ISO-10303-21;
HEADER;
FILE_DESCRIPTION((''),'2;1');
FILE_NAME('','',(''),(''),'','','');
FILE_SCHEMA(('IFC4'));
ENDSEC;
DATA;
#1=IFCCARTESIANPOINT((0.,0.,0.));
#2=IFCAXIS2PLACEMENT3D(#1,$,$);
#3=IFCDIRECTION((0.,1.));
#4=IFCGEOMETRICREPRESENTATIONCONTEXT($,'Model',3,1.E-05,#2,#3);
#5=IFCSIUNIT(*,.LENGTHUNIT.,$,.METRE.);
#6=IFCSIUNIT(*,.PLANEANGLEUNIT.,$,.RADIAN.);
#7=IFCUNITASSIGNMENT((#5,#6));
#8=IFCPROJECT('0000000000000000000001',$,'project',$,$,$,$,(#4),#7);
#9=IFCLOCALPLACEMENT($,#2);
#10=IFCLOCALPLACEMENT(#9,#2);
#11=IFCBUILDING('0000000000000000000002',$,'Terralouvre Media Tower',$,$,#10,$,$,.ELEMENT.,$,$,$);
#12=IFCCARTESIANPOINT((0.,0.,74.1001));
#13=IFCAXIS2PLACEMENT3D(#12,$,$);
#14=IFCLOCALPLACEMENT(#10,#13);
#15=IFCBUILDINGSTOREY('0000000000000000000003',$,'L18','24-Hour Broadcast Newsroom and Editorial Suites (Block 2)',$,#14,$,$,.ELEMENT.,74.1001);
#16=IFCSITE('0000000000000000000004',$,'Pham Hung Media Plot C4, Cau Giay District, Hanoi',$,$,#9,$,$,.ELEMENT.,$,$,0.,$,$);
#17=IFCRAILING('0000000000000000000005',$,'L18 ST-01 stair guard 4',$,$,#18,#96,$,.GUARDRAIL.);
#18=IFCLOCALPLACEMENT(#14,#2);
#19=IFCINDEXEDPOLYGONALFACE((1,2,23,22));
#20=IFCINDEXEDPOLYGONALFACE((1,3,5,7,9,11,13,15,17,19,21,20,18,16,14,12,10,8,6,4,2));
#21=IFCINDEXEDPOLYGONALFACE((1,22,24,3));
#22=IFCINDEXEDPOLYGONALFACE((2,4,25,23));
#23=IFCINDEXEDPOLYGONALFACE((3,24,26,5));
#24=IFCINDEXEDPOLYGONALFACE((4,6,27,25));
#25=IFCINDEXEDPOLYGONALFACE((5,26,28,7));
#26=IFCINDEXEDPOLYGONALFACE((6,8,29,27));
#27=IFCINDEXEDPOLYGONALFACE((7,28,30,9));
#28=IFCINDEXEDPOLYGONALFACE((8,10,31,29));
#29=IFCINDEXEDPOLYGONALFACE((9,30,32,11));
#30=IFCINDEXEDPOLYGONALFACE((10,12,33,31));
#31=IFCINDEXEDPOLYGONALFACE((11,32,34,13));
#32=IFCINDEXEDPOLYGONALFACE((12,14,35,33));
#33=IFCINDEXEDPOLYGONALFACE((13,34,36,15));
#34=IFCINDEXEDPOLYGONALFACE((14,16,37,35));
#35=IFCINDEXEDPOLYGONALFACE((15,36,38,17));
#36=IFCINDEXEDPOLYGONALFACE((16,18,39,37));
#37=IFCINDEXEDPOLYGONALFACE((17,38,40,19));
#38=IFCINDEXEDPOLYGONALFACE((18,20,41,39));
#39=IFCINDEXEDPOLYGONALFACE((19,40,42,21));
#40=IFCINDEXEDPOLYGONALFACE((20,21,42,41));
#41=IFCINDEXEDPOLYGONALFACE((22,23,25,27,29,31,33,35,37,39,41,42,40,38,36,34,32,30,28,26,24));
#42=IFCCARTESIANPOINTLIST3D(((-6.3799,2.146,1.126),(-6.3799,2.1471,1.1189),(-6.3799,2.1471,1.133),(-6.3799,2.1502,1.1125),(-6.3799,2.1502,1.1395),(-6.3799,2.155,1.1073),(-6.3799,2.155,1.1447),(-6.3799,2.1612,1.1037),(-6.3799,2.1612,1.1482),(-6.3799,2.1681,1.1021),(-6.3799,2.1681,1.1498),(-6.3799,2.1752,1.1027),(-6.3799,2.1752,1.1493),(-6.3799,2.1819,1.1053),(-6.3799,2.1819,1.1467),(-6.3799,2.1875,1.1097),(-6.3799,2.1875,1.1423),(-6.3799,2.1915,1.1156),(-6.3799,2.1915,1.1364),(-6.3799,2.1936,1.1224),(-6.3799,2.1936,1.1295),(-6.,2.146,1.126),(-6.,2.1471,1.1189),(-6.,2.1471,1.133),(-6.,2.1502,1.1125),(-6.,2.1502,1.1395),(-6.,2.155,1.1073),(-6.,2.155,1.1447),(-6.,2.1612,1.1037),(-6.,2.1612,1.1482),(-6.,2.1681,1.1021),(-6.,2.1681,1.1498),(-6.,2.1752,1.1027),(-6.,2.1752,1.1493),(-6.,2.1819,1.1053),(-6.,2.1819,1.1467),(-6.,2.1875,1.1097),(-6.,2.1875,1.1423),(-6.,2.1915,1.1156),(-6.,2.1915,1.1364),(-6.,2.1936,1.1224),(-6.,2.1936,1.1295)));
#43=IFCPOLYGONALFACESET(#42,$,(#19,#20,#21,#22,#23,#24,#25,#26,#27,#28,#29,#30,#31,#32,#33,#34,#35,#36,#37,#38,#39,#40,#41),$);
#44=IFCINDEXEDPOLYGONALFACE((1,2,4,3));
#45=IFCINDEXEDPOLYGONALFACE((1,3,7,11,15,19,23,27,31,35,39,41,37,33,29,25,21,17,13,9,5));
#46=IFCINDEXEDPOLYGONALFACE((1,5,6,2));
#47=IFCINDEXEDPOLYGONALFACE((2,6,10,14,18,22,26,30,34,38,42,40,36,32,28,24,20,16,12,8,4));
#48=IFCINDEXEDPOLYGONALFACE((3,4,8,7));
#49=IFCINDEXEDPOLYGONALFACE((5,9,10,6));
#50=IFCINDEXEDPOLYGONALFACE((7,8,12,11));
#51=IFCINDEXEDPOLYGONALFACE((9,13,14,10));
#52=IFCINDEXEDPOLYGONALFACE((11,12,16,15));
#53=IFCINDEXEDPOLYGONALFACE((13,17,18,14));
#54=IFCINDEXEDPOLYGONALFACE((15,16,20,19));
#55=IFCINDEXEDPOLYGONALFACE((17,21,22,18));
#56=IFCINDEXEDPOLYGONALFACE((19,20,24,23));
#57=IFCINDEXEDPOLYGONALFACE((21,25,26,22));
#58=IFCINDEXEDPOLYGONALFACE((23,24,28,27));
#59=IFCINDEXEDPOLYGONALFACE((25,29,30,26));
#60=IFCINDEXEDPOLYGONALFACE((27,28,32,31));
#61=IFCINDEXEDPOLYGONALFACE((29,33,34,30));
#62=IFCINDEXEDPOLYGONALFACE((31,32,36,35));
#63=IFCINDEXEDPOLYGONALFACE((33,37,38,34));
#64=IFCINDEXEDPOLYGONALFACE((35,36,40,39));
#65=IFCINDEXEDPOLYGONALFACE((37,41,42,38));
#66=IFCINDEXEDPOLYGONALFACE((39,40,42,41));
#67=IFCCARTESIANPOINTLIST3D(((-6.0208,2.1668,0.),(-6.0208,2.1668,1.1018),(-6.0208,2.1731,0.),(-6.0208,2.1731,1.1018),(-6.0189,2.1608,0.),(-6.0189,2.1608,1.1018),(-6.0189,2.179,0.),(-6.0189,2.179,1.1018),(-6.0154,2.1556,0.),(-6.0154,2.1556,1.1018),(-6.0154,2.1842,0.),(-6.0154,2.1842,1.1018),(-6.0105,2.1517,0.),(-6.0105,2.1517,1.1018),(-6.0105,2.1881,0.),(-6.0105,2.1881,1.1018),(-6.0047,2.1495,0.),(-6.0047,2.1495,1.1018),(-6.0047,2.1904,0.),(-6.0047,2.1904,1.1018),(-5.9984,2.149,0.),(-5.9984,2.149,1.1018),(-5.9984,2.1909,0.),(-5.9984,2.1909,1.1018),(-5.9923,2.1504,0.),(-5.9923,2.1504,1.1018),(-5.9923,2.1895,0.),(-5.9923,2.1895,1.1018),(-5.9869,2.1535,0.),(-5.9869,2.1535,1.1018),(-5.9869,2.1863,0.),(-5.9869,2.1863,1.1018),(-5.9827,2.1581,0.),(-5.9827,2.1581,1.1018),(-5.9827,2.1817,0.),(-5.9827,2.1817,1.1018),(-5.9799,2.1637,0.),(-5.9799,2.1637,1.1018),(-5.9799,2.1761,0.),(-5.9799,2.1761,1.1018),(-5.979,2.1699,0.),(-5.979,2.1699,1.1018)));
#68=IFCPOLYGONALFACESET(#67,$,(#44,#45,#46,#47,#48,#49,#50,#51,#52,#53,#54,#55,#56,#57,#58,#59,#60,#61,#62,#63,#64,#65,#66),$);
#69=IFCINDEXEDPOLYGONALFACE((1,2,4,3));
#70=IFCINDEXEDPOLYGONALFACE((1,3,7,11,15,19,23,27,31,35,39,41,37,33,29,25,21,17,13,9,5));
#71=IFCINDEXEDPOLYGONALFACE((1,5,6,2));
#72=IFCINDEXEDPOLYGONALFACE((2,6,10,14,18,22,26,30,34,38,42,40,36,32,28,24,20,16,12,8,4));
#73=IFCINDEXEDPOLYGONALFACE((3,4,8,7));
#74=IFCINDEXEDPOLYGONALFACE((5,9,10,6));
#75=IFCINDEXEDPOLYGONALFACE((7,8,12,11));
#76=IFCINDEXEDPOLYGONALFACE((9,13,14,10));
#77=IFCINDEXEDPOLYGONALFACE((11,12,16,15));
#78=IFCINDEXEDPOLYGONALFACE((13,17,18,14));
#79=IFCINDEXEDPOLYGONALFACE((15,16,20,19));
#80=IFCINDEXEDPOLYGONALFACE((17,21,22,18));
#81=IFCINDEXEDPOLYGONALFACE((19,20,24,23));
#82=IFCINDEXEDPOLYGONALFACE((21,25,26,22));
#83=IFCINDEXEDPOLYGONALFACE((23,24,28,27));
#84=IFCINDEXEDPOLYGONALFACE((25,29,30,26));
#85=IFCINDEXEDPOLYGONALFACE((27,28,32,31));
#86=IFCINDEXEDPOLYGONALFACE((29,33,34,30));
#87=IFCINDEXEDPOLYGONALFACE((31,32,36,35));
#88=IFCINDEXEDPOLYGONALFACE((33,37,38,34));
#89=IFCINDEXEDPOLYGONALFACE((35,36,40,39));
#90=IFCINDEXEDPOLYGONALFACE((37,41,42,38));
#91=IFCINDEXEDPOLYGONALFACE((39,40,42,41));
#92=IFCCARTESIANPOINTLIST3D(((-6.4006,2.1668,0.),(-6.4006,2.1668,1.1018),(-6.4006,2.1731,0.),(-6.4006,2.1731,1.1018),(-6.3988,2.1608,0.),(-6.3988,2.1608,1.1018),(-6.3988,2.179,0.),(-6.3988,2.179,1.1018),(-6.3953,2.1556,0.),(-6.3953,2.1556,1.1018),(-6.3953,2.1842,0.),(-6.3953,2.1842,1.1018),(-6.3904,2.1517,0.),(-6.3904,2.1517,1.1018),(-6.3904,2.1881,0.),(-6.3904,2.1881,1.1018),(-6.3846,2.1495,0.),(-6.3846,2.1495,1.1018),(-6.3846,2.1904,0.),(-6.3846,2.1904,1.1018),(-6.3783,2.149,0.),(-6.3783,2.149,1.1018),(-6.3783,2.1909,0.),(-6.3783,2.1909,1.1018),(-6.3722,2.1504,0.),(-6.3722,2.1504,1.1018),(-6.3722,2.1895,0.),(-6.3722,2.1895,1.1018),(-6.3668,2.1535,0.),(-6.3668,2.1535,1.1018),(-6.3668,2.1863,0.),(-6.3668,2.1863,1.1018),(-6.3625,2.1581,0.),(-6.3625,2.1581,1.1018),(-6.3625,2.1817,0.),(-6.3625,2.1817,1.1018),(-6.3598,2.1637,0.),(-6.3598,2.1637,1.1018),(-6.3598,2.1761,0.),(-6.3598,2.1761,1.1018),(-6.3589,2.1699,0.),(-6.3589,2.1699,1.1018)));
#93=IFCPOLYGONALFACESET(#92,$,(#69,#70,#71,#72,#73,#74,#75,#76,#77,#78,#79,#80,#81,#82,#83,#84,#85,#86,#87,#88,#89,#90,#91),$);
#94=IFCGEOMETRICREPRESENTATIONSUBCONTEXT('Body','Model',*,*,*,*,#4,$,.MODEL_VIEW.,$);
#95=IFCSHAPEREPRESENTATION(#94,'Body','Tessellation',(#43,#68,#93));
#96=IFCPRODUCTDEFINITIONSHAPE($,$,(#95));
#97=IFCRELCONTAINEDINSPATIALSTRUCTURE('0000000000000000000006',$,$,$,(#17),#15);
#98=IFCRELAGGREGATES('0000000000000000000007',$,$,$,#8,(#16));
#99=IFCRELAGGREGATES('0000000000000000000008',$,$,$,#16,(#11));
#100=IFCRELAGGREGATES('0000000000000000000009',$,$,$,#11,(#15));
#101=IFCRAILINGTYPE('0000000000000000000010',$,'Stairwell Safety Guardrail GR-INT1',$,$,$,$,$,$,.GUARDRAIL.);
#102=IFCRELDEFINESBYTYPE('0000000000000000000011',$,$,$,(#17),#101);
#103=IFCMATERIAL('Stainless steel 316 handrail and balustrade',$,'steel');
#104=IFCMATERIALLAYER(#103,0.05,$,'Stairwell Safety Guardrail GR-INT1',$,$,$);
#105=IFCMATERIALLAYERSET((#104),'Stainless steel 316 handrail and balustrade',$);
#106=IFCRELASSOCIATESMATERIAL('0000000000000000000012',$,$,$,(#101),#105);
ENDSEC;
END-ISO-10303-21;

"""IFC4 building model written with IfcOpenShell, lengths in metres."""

from ifc_helpers import new_model, si_unit, direction, frame, origin, origin_2d, place, context, subcontext, project, spatial, circle, extrude, material, layer, layer_set, type_object, element, save


model = new_model("IFC4")

# Units and contexts
model_context = context("Model", 3, precision=1e-05, world=origin(), true_north=direction((0.0, 1.0)))
body_context = subcontext(model_context, "Body", "Model", "MODEL_VIEW")
ifc_project = project(units=[si_unit("LENGTHUNIT", "METRE"), si_unit("PLANEANGLEUNIT", "RADIAN")], contexts=[model_context])

# Site, building, storey
site_placement = place(None, origin())
site = spatial("IfcSite", under=ifc_project, at=site_placement, Name="Pham Hung Media Plot C4, Cau Giay District, Hanoi", CompositionType="ELEMENT", RefElevation=0.0)
building_placement = place(site_placement, origin())
building = spatial("IfcBuilding", under=site, at=building_placement, Name="Terralouvre Media Tower", CompositionType="ELEMENT")
storey_placement = place(building_placement, frame((0.0, 0.0, 74.1001)))
storey = spatial("IfcBuildingStorey", under=building, at=storey_placement, Name="L18", Description="24-Hour Broadcast Newsroom and Editorial Suites (Block 2)", CompositionType="ELEMENT", Elevation=74.1001)

# Railing
ifc_material_1 = material(Name="Stainless steel 316 handrail and balustrade", Category="steel")
ifc_layer_1 = layer(ifc_material_1, 0.05, Name="Stairwell Safety Guardrail GR-INT1")
ifc_layer_set_1 = layer_set([ifc_layer_1], Name="Stainless steel 316 handrail and balustrade")
railing_type_1 = type_object("IfcRailingType", Name="Stairwell Safety Guardrail GR-INT1", PredefinedType="GUARDRAIL", material=ifc_layer_set_1)
railing_1_placement = place(storey_placement, frame((-6.0, 2.1699, 0.0)))
element("IfcRailing", 1, at=railing_1_placement, inside=storey, type_object=railing_type_1, Name="L18 ST-01 stair guard 4", PredefinedType="GUARDRAIL", context=body_context, shape_type="SweptSolid", body=[
    extrude(circle(Radius=0.0239, at=origin_2d()), frame((0.0, 0.0, 1.126), z_axis=(-1.0, 0.0, 0.0), x_axis=(0.0, -1.0, 0.0)), (0.0, 0.0, 1.0), 0.3799),
    extrude(circle(Radius=0.021, at=origin_2d()), origin(), (0.0, 0.0, 1.0), 1.1018),
    extrude(circle(Radius=0.021, at=origin_2d()), frame((-0.3799, 0.0, 0.0)), (0.0, 0.0, 1.0), 1.1018),
])

save(model, "model.ifc")
